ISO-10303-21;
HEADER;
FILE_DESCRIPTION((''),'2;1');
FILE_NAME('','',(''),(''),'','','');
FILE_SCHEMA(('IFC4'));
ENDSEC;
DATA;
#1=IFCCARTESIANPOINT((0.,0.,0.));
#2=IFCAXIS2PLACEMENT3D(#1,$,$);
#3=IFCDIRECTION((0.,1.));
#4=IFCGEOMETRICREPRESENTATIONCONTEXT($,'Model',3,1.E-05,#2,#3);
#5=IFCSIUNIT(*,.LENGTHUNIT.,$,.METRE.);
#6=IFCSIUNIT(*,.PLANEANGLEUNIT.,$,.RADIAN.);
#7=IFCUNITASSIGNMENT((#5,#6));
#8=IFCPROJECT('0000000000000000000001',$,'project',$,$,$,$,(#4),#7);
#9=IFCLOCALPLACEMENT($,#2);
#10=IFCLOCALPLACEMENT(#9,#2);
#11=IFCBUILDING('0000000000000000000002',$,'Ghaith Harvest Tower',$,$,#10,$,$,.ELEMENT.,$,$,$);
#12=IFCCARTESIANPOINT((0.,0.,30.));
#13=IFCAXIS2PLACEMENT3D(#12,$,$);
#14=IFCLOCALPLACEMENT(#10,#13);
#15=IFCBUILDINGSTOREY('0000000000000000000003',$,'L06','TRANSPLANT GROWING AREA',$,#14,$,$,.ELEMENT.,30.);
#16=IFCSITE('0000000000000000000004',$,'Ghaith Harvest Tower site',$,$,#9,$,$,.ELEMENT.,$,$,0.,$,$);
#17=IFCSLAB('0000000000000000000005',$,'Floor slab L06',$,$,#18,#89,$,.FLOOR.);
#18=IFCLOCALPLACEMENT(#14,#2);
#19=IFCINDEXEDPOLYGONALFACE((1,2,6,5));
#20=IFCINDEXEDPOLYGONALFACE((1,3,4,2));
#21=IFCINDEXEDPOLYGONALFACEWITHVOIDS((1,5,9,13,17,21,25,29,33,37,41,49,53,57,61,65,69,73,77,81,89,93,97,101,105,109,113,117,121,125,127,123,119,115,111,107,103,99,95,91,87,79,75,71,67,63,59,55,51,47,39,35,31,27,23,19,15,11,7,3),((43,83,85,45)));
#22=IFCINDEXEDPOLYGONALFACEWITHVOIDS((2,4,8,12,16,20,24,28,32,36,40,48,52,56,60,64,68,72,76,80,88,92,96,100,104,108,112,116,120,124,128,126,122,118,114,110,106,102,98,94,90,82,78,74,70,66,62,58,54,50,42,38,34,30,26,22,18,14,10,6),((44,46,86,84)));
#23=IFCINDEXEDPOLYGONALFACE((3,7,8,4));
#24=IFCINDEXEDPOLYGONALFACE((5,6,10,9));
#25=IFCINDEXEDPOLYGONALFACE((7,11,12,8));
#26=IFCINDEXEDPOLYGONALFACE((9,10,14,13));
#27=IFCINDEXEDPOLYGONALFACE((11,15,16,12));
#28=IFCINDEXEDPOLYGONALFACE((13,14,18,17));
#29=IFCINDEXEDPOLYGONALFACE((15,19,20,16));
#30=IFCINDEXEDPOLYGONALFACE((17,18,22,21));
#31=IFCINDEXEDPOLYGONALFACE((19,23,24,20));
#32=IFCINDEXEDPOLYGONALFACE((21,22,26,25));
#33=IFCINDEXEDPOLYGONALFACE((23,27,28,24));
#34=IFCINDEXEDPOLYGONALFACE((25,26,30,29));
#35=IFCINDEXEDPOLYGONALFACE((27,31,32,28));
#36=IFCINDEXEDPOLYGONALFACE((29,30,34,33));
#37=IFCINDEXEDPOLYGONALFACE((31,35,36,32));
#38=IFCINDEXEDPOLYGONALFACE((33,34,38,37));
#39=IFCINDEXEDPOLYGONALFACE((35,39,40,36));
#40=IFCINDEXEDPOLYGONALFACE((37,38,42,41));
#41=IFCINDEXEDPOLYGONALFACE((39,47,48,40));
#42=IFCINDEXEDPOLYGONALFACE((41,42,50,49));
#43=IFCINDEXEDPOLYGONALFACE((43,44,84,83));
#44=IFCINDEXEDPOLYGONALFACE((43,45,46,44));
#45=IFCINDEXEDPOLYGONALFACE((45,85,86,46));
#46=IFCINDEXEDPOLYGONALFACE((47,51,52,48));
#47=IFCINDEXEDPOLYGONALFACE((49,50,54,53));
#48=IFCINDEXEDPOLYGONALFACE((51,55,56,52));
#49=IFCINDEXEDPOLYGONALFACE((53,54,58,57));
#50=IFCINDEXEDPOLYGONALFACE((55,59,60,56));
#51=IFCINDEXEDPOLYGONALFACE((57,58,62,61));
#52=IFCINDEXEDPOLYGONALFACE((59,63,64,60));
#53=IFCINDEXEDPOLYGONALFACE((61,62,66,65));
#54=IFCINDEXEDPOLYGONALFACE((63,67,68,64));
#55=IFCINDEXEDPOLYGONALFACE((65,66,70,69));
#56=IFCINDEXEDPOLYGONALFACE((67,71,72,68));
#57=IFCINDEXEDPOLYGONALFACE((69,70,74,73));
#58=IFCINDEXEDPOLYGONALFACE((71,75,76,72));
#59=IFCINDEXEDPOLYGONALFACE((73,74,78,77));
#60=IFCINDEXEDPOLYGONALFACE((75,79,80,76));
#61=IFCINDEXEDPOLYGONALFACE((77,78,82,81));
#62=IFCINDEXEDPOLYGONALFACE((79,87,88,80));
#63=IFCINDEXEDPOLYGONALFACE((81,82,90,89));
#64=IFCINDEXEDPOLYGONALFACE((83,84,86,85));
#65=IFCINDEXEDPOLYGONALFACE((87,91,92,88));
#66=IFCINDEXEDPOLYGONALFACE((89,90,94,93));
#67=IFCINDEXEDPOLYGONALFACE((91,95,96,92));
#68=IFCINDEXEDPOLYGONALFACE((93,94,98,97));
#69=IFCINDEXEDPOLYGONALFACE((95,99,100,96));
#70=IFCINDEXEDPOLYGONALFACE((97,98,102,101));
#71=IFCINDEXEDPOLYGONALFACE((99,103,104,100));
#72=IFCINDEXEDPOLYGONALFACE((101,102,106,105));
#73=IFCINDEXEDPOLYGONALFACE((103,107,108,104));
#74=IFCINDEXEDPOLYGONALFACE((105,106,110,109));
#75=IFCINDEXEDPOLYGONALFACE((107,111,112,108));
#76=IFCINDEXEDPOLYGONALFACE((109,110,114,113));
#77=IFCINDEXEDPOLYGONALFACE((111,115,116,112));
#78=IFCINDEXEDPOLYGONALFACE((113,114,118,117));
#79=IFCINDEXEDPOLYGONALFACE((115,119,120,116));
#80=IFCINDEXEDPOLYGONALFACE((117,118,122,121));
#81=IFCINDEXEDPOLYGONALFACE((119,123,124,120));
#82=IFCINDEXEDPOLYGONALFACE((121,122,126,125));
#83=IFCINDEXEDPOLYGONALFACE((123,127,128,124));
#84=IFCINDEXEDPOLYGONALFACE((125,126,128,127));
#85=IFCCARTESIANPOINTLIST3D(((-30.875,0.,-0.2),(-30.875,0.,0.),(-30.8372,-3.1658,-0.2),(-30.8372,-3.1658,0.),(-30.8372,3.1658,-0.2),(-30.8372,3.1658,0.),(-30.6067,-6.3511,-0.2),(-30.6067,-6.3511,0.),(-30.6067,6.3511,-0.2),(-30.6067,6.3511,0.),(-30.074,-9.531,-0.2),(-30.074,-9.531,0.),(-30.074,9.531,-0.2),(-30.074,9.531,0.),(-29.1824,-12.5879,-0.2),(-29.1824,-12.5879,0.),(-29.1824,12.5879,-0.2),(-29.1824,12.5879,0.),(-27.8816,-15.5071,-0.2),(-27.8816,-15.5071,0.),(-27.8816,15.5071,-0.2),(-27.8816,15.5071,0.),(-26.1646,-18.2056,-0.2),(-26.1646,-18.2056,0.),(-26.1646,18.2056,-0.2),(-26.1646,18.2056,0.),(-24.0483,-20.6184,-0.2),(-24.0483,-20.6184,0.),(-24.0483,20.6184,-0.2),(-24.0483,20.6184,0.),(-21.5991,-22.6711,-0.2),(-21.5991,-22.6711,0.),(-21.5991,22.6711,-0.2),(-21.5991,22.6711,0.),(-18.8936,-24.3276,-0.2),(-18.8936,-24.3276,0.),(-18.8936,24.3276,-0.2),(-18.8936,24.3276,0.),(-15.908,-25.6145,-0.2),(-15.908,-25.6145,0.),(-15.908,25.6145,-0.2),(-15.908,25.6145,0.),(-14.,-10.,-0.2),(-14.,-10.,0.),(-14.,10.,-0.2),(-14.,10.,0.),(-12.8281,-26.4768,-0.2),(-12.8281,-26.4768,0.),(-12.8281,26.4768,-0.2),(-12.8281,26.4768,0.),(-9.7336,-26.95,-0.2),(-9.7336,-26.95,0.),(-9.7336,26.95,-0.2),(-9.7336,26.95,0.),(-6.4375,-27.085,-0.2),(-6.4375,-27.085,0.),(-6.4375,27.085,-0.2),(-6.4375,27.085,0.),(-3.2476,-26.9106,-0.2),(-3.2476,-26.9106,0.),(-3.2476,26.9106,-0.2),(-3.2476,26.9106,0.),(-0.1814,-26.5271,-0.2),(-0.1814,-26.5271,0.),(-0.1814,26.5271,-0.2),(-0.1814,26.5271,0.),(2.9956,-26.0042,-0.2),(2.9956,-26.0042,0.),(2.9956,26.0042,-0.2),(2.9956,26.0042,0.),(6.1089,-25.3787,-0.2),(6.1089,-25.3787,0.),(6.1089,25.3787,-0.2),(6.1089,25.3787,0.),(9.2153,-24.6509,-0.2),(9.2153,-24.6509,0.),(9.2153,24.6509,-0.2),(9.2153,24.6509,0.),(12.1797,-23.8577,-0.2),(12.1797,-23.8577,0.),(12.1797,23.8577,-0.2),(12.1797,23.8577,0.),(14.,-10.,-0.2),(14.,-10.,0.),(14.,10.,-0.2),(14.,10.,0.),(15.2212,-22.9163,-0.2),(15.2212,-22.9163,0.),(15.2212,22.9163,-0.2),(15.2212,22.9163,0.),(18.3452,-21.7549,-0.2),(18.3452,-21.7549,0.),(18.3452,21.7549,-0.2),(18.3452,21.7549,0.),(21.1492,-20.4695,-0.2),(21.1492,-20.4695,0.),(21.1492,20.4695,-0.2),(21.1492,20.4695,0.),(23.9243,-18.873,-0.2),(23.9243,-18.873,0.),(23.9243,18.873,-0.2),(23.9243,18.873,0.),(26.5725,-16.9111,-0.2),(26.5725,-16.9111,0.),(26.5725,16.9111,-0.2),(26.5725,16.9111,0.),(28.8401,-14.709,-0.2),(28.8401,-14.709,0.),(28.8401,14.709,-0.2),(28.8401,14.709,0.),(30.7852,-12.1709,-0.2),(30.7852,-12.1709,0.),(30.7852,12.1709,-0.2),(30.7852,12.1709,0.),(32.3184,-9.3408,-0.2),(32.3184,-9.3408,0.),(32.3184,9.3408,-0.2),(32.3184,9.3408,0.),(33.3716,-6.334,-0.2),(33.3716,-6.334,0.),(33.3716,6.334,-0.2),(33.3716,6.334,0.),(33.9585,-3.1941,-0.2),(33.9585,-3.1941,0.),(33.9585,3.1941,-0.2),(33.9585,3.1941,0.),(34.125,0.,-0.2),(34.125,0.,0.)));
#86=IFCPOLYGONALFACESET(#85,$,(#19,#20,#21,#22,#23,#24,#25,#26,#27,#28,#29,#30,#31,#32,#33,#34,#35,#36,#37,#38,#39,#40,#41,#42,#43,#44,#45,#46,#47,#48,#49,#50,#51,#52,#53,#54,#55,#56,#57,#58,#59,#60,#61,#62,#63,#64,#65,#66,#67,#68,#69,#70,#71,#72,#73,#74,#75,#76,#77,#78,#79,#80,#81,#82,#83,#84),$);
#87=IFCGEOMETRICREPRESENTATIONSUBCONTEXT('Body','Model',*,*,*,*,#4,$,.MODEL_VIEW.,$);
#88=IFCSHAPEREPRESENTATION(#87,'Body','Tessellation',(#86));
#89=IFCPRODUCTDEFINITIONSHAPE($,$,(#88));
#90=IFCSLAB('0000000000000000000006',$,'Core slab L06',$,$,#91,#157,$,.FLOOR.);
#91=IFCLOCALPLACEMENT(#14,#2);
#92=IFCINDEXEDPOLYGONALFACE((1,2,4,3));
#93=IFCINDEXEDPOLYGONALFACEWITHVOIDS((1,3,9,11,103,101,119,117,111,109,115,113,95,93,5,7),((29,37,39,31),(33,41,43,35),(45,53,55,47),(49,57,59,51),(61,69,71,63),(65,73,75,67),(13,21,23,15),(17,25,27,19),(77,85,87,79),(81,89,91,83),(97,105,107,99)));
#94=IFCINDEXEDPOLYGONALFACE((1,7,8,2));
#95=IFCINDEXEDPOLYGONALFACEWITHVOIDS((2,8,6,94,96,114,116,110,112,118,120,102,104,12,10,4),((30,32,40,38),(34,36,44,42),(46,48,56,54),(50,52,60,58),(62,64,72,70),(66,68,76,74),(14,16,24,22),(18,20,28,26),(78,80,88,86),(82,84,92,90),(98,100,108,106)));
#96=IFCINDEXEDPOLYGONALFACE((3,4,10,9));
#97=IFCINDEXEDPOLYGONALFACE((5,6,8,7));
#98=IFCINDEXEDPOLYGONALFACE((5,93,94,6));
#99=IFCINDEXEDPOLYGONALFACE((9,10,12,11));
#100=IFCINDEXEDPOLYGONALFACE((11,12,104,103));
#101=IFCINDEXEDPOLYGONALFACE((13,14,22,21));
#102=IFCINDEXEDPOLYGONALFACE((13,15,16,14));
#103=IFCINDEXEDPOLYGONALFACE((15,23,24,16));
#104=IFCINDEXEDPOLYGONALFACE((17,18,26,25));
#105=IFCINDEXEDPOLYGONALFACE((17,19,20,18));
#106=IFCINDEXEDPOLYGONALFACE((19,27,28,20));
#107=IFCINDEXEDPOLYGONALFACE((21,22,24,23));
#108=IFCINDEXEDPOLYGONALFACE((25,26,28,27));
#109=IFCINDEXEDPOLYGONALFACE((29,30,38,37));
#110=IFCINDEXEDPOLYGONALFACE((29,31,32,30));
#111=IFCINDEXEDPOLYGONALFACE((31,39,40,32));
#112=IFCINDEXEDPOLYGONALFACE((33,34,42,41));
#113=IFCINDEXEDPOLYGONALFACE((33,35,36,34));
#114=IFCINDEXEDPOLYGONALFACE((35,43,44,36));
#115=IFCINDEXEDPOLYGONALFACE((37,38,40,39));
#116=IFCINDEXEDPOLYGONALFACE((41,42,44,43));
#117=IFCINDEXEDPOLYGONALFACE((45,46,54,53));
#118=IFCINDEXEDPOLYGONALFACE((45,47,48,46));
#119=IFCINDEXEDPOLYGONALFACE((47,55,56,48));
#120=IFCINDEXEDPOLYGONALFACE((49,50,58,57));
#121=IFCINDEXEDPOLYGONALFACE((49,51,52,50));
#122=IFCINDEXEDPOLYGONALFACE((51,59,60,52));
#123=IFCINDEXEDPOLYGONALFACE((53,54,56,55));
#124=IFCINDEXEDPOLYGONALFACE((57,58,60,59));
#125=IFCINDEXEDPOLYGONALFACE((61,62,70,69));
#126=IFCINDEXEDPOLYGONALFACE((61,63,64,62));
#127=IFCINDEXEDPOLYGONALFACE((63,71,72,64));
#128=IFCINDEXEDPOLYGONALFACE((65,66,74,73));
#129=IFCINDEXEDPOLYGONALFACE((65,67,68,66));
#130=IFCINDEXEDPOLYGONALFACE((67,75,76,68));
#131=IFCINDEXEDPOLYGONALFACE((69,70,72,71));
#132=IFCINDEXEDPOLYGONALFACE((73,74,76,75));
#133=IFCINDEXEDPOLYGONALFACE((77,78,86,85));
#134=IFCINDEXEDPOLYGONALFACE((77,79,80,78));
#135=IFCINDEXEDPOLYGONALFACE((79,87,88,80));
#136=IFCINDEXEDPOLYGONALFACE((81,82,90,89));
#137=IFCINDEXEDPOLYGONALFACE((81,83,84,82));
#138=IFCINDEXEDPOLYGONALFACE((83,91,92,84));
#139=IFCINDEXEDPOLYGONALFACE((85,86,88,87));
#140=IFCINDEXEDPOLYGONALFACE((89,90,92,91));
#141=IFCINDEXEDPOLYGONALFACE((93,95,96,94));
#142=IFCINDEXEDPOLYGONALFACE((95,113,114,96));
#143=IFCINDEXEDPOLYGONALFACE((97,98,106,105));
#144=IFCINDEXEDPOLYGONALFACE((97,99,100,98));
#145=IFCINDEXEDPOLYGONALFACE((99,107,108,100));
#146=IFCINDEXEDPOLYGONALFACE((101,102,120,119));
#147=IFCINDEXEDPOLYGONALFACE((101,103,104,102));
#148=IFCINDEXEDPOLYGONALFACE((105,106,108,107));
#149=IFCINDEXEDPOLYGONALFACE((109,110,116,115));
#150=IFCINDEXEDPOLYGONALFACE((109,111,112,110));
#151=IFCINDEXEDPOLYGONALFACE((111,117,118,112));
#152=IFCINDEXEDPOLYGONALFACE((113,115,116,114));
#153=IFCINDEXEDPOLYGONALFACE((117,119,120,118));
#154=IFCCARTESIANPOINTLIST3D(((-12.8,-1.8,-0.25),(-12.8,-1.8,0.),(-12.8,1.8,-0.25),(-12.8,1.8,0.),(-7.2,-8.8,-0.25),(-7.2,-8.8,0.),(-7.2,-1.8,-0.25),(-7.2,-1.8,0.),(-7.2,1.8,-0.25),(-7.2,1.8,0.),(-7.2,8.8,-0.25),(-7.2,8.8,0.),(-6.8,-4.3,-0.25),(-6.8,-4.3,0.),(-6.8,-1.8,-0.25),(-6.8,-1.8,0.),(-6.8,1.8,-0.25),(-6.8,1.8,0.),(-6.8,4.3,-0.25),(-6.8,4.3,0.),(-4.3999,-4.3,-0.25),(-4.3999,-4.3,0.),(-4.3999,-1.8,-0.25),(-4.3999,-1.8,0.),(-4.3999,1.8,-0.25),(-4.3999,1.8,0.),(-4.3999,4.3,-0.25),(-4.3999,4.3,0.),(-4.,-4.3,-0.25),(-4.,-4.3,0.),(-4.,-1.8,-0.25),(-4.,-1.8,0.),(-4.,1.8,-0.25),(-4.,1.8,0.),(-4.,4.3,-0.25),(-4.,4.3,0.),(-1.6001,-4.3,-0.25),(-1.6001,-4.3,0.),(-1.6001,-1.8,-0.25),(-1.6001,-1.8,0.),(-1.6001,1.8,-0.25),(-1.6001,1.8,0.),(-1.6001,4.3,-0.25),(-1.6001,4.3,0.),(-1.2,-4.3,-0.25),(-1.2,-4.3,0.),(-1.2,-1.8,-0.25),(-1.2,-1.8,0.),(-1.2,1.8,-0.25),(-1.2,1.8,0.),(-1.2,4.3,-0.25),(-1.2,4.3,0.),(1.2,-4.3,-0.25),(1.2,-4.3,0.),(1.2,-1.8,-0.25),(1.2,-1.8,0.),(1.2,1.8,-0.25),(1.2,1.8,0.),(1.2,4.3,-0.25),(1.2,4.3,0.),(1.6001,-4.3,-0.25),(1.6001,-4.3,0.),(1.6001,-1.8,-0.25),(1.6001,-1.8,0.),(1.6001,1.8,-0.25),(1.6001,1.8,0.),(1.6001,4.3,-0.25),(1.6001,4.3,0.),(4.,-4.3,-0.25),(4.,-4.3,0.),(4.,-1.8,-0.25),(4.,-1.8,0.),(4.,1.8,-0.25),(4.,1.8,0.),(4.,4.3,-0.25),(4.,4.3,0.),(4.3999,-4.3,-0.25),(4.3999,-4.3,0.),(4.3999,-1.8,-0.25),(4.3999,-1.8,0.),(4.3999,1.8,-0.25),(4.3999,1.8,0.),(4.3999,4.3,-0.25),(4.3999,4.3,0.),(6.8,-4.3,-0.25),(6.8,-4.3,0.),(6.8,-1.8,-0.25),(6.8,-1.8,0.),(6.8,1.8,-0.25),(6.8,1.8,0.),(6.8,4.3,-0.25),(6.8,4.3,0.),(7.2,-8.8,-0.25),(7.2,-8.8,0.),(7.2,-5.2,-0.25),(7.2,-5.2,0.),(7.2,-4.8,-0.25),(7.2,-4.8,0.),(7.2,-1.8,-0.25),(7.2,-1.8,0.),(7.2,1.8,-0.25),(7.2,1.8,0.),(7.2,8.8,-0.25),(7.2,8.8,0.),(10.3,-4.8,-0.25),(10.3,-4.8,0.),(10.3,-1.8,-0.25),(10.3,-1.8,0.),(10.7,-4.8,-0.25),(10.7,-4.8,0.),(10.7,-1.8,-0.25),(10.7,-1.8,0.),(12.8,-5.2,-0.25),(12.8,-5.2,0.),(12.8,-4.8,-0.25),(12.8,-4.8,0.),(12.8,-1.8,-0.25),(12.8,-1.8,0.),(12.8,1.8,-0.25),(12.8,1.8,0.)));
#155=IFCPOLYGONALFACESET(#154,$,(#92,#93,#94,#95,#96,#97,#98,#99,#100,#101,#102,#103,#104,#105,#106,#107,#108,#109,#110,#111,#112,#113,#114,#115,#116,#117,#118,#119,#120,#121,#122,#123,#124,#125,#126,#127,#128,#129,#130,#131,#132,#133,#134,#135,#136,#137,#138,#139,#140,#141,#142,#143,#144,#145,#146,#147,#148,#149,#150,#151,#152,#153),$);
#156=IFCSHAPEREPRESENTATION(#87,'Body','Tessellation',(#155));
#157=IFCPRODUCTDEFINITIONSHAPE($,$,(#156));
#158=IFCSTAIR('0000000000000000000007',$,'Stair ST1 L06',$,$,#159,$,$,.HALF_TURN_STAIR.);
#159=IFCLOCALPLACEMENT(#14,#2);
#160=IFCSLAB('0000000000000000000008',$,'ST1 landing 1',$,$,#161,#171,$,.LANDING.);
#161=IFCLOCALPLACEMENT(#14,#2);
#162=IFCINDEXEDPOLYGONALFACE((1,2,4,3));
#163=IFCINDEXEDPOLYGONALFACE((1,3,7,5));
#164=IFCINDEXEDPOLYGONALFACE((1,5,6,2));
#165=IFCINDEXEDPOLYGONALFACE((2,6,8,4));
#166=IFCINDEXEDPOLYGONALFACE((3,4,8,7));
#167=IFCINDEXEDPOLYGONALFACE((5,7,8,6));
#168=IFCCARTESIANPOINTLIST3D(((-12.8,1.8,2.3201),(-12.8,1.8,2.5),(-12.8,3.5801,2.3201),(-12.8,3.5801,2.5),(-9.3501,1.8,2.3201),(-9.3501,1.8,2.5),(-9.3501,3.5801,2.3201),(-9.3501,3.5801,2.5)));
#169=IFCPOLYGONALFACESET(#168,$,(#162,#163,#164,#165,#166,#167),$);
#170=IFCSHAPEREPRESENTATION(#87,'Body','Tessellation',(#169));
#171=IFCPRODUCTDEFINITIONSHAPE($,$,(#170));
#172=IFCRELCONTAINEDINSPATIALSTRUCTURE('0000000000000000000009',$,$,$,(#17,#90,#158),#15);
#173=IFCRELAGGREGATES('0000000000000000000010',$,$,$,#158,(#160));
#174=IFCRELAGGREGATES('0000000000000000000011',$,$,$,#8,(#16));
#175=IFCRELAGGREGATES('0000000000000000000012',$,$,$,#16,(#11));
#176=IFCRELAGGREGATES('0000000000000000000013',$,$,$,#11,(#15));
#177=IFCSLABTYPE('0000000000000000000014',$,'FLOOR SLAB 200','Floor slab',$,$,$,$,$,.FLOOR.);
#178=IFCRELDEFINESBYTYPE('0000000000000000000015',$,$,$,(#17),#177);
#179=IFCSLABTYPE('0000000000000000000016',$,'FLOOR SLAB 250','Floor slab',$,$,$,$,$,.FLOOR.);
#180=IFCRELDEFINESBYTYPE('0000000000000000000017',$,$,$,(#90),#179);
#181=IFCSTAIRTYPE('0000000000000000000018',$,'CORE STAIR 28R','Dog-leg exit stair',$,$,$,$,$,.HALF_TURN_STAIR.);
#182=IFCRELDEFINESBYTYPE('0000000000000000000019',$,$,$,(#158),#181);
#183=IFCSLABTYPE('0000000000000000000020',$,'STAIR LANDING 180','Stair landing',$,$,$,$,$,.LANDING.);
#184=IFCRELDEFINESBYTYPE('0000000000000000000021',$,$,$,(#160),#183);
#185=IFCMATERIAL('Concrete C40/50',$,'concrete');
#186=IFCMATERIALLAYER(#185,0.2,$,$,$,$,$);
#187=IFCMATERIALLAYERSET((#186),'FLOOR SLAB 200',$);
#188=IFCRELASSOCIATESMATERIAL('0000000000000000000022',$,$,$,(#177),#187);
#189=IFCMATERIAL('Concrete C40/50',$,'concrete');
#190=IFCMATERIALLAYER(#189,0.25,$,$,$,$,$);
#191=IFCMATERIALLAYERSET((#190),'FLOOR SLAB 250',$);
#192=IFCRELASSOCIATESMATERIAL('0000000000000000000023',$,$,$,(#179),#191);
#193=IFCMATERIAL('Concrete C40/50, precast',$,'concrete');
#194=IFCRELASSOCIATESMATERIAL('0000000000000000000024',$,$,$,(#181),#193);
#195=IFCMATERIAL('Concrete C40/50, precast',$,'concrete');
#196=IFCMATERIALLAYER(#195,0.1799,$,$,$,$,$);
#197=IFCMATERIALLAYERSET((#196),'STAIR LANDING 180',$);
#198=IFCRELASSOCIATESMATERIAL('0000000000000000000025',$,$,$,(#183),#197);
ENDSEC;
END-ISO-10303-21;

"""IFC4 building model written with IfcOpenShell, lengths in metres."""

from ifc_helpers import new_model, si_unit, direction, frame, origin, place, context, subcontext, project, spatial, polyline, outline, extrude, material, layer, layer_set, type_object, element, aggregate, save


model = new_model("IFC4")

# Units and contexts
model_context = context("Model", 3, precision=1e-05, world=origin(), true_north=direction((0.0, 1.0)))
body_context = subcontext(model_context, "Body", "Model", "MODEL_VIEW")
ifc_project = project(units=[si_unit("LENGTHUNIT", "METRE"), si_unit("PLANEANGLEUNIT", "RADIAN")], contexts=[model_context])

# Site, building, storey
site_placement = place(None, origin())
site = spatial("IfcSite", under=ifc_project, at=site_placement, Name="Ghaith Harvest Tower site", CompositionType="ELEMENT", RefElevation=0.0)
building_placement = place(site_placement, origin())
building = spatial("IfcBuilding", under=site, at=building_placement, Name="Ghaith Harvest Tower", CompositionType="ELEMENT")
storey_placement = place(building_placement, frame((0.0, 0.0, 30.0)))
storey = spatial("IfcBuildingStorey", under=building, at=storey_placement, Name="L06", Description="TRANSPLANT GROWING AREA", CompositionType="ELEMENT", Elevation=30.0)

# Slabs
ifc_material_1 = material(Name="Concrete C40/50", Category="concrete")
ifc_layer_1 = layer(ifc_material_1, 0.2)
ifc_layer_set_1 = layer_set([ifc_layer_1], Name="FLOOR SLAB 200")
slab_type_1 = type_object("IfcSlabType", Name="FLOOR SLAB 200", Description="Floor slab", PredefinedType="FLOOR", material=ifc_layer_set_1)
slab_1_placement = place(storey_placement, frame((0.0, 0.0, -0.2)))
element("IfcSlab", 1, at=slab_1_placement, inside=storey, type_object=slab_type_1, Name="Floor slab L06", PredefinedType="FLOOR", context=body_context, shape_type="SweptSolid", body=[
    extrude(outline(polyline([(34.125, 0.0), (33.9585, 3.1941), (33.3716, 6.334), (32.3184, 9.3408), (30.7852, 12.1709), (28.8401, 14.709), (26.5725, 16.9111), (23.9243, 18.873), (21.1492, 20.4695), (18.3452, 21.7549), (15.2212, 22.9163), (12.1797, 23.8577), (9.2153, 24.6509), (6.1089, 25.3787), (2.9956, 26.0042), (-0.1814, 26.5271), (-3.2476, 26.9106), (-6.4375, 27.085), (-9.7336, 26.95), (-12.8281, 26.4768), (-15.908, 25.6145), (-18.8936, 24.3276), (-21.5991, 22.6711), (-24.0483, 20.6184), (-26.1646, 18.2056), (-27.8816, 15.5071), (-29.1824, 12.5879), (-30.074, 9.531), (-30.6067, 6.3511), (-30.8372, 3.1658), (-30.875, 0.0), (-30.8372, -3.1658), (-30.6067, -6.3511), (-30.074, -9.531), (-29.1824, -12.5879), (-27.8816, -15.5071), (-26.1646, -18.2056), (-24.0483, -20.6184), (-21.5991, -22.6711), (-18.8936, -24.3276), (-15.908, -25.6145), (-12.8281, -26.4768), (-9.7336, -26.95), (-6.4375, -27.085), (-3.2476, -26.9106), (-0.1814, -26.5271), (2.9956, -26.0042), (6.1089, -25.3787), (9.2153, -24.6509), (12.1797, -23.8577), (15.2212, -22.9163), (18.3452, -21.7549), (21.1492, -20.4695), (23.9243, -18.873), (26.5725, -16.9111), (28.8401, -14.709), (30.7852, -12.1709), (32.3184, -9.3408), (33.3716, -6.334), (33.9585, -3.1941), (34.125, 0.0)]), holes=[polyline([(-14.0, -10.0), (14.0, -10.0), (14.0, 10.0), (-14.0, 10.0), (-14.0, -10.0)])]), origin(), (0.0, 0.0, 1.0), 0.2),
])
ifc_material_2 = material(Name="Concrete C40/50", Category="concrete")
ifc_layer_2 = layer(ifc_material_2, 0.25)
ifc_layer_set_2 = layer_set([ifc_layer_2], Name="FLOOR SLAB 250")
slab_type_2 = type_object("IfcSlabType", Name="FLOOR SLAB 250", Description="Floor slab", PredefinedType="FLOOR", material=ifc_layer_set_2)
slab_2_placement = place(storey_placement, frame((0.0, 0.0, -0.25)))
element("IfcSlab", 2, at=slab_2_placement, inside=storey, type_object=slab_type_2, Name="Core slab L06", PredefinedType="FLOOR", context=body_context, shape_type="SweptSolid", body=[
    extrude(outline(polyline([(-12.8, 1.8), (-7.2, 1.8), (-7.2, 8.8), (7.2, 8.8), (7.2, 1.8), (12.8, 1.8), (12.8, -1.8), (10.7, -1.8), (10.7, -4.8), (12.8, -4.8), (12.8, -5.2), (7.2, -5.2), (7.2, -8.8), (-7.2, -8.8), (-7.2, -1.8), (-12.8, -1.8), (-12.8, 1.8)]), holes=[polyline([(-4.3999, -4.3), (-4.3999, -1.8), (-6.8, -1.8), (-6.8, -4.3), (-4.3999, -4.3)]), polyline([(-1.6001, -4.3), (-1.6001, -1.8), (-4.0, -1.8), (-4.0, -4.3), (-1.6001, -4.3)]), polyline([(1.2, -4.3), (1.2, -1.8), (-1.2, -1.8), (-1.2, -4.3), (1.2, -4.3)]), polyline([(-4.3999, 1.8), (-4.3999, 4.3), (-6.8, 4.3), (-6.8, 1.8), (-4.3999, 1.8)]), polyline([(-1.6001, 1.8), (-1.6001, 4.3), (-4.0, 4.3), (-4.0, 1.8), (-1.6001, 1.8)]), polyline([(1.2, 1.8), (1.2, 4.3), (-1.2, 4.3), (-1.2, 1.8), (1.2, 1.8)]), polyline([(10.3, -4.8), (10.3, -1.8), (7.2, -1.8), (7.2, -4.8), (10.3, -4.8)]), polyline([(4.0, -4.3), (4.0, -1.8), (1.6001, -1.8), (1.6001, -4.3), (4.0, -4.3)]), polyline([(6.8, -4.3), (6.8, -1.8), (4.3999, -1.8), (4.3999, -4.3), (6.8, -4.3)]), polyline([(4.0, 1.8), (4.0, 4.3), (1.6001, 4.3), (1.6001, 1.8), (4.0, 1.8)]), polyline([(6.8, 1.8), (6.8, 4.3), (4.3999, 4.3), (4.3999, 1.8), (6.8, 1.8)])]), origin(), (0.0, 0.0, 1.0), 0.25),
])

# Stair, slab
ifc_material_3 = material(Name="Concrete C40/50, precast", Category="concrete")
stair_type = type_object("IfcStairType", Name="CORE STAIR 28R", Description="Dog-leg exit stair", PredefinedType="HALF_TURN_STAIR", material=ifc_material_3)
stair_placement = place(storey_placement, origin())
stair = element("IfcStair", 3, at=stair_placement, inside=storey, type_object=stair_type, Name="Stair ST1 L06", PredefinedType="HALF_TURN_STAIR")
ifc_material_4 = material(Name="Concrete C40/50, precast", Category="concrete")
ifc_layer_3 = layer(ifc_material_4, 0.1799)
ifc_layer_set_3 = layer_set([ifc_layer_3], Name="STAIR LANDING 180")
slab_type_3 = type_object("IfcSlabType", Name="STAIR LANDING 180", Description="Stair landing", PredefinedType="LANDING", material=ifc_layer_set_3)
slab_3_placement = place(storey_placement, frame((0.0, 0.0, 2.3201)))
slab_3 = element("IfcSlab", 4, at=slab_3_placement, type_object=slab_type_3, Name="ST1 landing 1", PredefinedType="LANDING", context=body_context, shape_type="SweptSolid", body=[
    extrude(outline(polyline([(-12.8, 3.5801), (-12.8, 1.8), (-9.3501, 1.8), (-9.3501, 3.5801), (-12.8, 3.5801)])), origin(), (0.0, 0.0, 1.0), 0.1799),
])
aggregate(stair, [slab_3])

save(model, "model.ifc")
